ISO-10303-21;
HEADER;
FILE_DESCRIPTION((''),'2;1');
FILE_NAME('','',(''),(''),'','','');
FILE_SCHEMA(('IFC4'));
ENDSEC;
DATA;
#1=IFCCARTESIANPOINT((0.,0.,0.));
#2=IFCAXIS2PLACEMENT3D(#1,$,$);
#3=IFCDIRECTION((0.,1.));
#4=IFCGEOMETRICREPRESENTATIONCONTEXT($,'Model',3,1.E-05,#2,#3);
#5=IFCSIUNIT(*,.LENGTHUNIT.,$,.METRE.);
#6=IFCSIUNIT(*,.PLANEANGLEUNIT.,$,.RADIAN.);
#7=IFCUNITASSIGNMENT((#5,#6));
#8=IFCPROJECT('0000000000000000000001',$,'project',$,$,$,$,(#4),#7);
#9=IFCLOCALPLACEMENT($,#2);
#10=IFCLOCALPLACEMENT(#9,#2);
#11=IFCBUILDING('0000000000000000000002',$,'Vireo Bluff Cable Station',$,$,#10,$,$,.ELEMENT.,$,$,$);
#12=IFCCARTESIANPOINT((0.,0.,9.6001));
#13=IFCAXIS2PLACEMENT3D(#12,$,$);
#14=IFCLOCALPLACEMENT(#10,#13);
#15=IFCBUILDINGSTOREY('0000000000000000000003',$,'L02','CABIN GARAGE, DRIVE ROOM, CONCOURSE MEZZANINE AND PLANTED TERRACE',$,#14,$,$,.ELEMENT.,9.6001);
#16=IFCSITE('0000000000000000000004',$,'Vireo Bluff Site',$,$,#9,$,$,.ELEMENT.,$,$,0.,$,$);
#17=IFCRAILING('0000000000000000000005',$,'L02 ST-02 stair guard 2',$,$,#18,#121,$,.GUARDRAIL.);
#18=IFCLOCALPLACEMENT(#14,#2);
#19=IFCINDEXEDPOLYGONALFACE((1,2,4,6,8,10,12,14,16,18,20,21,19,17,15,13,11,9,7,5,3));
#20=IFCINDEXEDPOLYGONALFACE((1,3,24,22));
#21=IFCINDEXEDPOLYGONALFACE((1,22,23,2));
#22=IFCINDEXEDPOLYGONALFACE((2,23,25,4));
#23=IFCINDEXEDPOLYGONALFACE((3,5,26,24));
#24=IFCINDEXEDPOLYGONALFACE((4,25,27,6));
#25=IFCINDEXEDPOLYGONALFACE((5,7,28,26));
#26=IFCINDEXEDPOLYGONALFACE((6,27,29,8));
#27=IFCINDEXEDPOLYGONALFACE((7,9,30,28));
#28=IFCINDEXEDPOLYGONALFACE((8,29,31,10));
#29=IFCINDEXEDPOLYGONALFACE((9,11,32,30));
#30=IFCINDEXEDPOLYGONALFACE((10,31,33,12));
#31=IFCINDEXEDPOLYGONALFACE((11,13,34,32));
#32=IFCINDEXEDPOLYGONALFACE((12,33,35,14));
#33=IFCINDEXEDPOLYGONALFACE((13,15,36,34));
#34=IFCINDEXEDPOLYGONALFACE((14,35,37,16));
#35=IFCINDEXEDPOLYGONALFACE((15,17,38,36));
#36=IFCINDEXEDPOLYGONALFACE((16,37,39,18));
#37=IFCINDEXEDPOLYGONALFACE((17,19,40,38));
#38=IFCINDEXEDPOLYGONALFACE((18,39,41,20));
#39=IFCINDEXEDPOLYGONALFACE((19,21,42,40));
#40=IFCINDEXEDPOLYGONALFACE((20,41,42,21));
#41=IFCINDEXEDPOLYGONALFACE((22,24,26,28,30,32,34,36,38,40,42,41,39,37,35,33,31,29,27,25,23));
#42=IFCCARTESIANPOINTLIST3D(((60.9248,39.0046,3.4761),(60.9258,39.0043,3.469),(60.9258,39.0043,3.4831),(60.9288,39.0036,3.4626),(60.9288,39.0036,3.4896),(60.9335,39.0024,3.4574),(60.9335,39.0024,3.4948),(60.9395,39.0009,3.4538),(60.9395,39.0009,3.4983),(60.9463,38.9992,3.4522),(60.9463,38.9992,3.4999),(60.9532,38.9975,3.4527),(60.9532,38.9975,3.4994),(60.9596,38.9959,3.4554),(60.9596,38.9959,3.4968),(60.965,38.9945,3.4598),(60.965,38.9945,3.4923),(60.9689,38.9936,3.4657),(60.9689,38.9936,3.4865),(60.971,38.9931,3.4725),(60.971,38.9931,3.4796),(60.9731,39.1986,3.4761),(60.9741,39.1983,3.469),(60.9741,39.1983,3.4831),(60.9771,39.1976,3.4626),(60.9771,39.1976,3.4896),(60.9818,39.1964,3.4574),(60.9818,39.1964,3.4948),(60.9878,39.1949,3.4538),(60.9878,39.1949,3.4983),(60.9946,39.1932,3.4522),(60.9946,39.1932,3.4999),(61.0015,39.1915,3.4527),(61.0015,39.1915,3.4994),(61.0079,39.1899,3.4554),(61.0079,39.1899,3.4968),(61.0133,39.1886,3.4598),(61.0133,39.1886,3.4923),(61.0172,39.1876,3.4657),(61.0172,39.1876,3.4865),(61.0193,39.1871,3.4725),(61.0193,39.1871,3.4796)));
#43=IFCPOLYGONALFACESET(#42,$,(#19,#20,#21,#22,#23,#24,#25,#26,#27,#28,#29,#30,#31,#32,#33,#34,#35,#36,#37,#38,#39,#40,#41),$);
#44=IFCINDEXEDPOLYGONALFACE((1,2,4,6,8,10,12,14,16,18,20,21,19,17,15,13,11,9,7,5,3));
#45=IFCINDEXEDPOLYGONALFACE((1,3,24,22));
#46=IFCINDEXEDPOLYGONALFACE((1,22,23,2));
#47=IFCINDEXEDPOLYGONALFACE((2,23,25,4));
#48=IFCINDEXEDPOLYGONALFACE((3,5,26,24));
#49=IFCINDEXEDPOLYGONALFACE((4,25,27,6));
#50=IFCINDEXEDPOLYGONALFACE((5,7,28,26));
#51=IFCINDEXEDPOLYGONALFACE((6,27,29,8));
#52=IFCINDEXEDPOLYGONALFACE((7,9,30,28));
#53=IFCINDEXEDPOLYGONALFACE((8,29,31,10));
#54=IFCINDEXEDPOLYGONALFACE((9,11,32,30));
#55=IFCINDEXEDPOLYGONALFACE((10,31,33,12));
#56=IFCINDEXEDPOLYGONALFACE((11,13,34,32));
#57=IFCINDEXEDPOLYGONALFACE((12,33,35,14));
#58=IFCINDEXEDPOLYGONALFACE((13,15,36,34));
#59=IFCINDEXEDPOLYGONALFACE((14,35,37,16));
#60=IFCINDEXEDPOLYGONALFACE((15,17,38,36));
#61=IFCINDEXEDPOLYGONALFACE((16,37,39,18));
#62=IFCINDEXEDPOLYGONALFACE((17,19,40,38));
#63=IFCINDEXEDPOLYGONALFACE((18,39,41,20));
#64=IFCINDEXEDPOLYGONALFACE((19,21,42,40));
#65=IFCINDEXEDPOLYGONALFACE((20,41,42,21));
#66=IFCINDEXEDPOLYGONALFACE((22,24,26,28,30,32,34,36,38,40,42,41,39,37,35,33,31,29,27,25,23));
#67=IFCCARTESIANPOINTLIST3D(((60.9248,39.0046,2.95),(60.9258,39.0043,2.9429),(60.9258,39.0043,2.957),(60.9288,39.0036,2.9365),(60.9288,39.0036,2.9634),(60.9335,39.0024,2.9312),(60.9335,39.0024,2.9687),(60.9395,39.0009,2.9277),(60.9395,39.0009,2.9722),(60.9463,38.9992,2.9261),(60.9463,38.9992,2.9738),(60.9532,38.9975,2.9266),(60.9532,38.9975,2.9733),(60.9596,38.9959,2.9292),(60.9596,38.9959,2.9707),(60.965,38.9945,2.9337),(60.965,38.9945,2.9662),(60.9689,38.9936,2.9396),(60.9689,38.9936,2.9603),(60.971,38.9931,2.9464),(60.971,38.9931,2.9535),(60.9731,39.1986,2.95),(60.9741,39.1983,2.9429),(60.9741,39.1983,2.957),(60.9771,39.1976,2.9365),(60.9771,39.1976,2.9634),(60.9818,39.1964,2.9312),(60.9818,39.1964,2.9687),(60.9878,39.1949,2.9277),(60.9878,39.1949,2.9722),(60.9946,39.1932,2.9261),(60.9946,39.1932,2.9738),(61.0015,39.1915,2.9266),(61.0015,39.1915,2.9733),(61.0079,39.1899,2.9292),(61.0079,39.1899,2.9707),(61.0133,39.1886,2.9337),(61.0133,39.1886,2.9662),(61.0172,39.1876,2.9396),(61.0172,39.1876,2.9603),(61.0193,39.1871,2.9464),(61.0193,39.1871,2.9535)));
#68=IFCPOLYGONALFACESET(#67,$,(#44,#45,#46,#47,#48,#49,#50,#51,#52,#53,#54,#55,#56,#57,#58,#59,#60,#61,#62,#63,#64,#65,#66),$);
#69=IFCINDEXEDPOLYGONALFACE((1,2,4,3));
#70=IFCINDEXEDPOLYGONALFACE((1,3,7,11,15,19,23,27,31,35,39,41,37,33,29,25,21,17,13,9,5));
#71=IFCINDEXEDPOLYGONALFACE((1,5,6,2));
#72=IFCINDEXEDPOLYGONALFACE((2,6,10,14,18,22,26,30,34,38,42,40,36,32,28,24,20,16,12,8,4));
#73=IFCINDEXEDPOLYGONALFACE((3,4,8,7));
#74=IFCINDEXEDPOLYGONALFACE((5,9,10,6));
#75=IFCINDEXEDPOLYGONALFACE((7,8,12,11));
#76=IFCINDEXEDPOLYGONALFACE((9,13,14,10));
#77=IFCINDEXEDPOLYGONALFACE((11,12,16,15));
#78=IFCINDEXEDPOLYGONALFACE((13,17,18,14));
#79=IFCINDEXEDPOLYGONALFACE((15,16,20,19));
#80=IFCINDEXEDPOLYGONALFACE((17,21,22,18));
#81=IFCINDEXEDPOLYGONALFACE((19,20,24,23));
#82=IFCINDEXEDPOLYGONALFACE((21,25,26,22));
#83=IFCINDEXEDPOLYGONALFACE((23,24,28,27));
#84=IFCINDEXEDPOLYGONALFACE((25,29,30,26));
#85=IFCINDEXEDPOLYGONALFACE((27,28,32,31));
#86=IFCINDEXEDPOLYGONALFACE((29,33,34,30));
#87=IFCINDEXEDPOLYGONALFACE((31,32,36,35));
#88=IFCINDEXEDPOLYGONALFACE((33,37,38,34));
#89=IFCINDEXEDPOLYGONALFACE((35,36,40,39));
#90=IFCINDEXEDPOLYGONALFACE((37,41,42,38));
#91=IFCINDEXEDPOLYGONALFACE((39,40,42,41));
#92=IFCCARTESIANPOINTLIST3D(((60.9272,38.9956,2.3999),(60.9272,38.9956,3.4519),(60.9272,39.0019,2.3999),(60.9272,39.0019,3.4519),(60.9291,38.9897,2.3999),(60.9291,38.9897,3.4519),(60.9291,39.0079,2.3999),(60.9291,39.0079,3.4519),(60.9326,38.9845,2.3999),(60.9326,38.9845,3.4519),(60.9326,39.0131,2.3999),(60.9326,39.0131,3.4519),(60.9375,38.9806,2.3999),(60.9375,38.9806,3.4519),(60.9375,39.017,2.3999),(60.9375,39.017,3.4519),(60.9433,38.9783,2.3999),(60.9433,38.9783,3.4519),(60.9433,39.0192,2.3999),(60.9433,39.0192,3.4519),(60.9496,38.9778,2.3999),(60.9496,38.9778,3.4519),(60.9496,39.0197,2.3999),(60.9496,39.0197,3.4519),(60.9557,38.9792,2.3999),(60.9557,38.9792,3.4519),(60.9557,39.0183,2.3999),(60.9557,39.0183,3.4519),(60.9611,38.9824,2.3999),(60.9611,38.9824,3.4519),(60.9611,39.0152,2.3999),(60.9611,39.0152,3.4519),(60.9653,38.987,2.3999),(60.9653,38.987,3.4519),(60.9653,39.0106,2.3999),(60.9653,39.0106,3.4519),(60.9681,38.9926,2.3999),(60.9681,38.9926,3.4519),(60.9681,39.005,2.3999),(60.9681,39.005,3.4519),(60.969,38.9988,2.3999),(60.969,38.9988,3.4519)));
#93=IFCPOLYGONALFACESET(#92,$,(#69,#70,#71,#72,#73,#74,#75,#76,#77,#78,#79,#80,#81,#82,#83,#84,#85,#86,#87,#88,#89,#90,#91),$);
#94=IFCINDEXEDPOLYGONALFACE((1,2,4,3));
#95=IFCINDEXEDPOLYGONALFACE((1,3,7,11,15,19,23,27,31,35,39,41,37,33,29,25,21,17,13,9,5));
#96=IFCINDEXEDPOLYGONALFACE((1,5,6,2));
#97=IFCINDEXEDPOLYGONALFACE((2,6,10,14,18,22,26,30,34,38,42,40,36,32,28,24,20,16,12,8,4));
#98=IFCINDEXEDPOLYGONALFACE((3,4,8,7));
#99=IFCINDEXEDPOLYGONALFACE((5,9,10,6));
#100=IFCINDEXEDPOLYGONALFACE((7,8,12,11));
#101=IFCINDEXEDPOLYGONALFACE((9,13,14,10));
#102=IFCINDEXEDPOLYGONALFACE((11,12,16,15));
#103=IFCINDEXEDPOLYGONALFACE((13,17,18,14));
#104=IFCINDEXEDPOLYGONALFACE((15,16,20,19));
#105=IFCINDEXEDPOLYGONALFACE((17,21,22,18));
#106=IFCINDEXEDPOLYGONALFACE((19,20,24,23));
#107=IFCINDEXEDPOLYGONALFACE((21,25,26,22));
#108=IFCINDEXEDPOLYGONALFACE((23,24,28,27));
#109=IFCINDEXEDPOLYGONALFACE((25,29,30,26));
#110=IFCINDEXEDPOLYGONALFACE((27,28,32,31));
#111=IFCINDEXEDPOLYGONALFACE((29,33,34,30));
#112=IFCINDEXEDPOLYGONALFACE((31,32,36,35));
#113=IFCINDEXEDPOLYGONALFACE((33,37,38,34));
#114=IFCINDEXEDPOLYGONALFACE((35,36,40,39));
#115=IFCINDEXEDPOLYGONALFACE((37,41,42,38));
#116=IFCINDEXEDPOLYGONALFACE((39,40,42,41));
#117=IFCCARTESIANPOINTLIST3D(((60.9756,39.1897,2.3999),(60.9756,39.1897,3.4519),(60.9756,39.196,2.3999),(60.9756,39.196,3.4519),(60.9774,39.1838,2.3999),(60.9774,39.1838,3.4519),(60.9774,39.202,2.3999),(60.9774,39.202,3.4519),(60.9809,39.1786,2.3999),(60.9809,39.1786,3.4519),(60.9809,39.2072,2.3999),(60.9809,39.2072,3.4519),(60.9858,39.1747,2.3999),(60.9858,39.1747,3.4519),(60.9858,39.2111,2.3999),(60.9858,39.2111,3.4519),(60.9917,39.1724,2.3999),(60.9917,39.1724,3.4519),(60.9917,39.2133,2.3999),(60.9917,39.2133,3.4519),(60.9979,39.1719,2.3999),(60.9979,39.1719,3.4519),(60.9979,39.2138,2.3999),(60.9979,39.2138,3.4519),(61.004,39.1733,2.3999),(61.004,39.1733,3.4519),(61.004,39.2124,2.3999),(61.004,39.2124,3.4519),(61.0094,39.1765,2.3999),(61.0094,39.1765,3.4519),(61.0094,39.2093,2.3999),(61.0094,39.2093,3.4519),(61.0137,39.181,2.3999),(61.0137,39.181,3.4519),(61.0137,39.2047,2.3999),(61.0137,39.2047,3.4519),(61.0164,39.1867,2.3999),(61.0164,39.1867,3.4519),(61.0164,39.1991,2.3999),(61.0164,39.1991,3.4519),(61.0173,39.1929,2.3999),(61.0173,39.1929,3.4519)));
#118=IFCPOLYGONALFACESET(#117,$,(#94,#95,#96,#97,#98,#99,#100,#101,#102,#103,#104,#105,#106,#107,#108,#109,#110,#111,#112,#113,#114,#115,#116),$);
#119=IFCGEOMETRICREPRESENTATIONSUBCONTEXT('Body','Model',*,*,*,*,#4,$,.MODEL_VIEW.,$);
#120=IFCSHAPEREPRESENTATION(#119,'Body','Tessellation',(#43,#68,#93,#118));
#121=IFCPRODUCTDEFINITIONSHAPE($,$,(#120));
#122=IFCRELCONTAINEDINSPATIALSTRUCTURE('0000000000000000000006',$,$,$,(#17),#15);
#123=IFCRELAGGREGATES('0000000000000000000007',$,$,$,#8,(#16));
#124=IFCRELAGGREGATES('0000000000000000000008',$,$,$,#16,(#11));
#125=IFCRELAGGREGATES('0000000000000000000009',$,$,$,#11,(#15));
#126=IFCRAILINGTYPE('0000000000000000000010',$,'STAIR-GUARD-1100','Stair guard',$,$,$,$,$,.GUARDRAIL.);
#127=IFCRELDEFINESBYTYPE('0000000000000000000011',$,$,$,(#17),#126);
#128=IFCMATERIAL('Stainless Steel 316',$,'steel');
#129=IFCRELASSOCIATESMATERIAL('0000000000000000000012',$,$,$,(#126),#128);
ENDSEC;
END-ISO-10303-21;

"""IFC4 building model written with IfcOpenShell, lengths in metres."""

from ifc_helpers import new_model, si_unit, direction, frame, origin, origin_2d, place, context, subcontext, project, spatial, circle, extrude, material, type_object, element, save


model = new_model("IFC4")

# Units and contexts
model_context = context("Model", 3, precision=1e-05, world=origin(), true_north=direction((0.0, 1.0)))
body_context = subcontext(model_context, "Body", "Model", "MODEL_VIEW")
ifc_project = project(units=[si_unit("LENGTHUNIT", "METRE"), si_unit("PLANEANGLEUNIT", "RADIAN")], contexts=[model_context])

# Site, building, storey
site_placement = place(None, origin())
site = spatial("IfcSite", under=ifc_project, at=site_placement, Name="Vireo Bluff Site", CompositionType="ELEMENT", RefElevation=0.0)
building_placement = place(site_placement, origin())
building = spatial("IfcBuilding", under=site, at=building_placement, Name="Vireo Bluff Cable Station", CompositionType="ELEMENT")
storey_placement = place(building_placement, frame((0.0, 0.0, 9.6001)))
storey = spatial("IfcBuildingStorey", under=building, at=storey_placement, Name="L02", Description="CABIN GARAGE, DRIVE ROOM, CONCOURSE MEZZANINE AND PLANTED TERRACE", CompositionType="ELEMENT", Elevation=9.6001)

# Shared definitions
ifc_material_1 = material(Name="Stainless Steel 316", Category="steel")

# Railing
railing_type_1 = type_object("IfcRailingType", Name="STAIR-GUARD-1100", Description="Stair guard", PredefinedType="GUARDRAIL", material=ifc_material_1)
railing_1_placement = place(storey_placement, frame((60.948, 38.9988, 2.3999)))
element("IfcRailing", 1, at=railing_1_placement, inside=storey, type_object=railing_type_1, Name="L02 ST-02 stair guard 2", PredefinedType="GUARDRAIL", context=body_context, shape_type="SweptSolid", body=[
    extrude(circle(Radius=0.0239, at=origin_2d()), frame((0.0, 0.0, 1.0762), z_axis=(0.241674, 0.970358, 0.0), x_axis=(-0.970358, 0.241674, 0.0)), (0.0, 0.0, 1.0), 0.2),
    extrude(circle(Radius=0.0239, at=origin_2d()), frame((0.0, 0.0, 0.55), z_axis=(0.241674, 0.970358, 0.0), x_axis=(-0.970358, 0.241674, 0.0)), (0.0, 0.0, 1.0), 0.2),
    extrude(circle(Radius=0.021, at=origin_2d()), origin(), (0.0, 0.0, 1.0), 1.052),
    extrude(circle(Radius=0.021, at=origin_2d()), frame((0.0483, 0.1941, 0.0)), (0.0, 0.0, 1.0), 1.052),
])

save(model, "model.ifc")
